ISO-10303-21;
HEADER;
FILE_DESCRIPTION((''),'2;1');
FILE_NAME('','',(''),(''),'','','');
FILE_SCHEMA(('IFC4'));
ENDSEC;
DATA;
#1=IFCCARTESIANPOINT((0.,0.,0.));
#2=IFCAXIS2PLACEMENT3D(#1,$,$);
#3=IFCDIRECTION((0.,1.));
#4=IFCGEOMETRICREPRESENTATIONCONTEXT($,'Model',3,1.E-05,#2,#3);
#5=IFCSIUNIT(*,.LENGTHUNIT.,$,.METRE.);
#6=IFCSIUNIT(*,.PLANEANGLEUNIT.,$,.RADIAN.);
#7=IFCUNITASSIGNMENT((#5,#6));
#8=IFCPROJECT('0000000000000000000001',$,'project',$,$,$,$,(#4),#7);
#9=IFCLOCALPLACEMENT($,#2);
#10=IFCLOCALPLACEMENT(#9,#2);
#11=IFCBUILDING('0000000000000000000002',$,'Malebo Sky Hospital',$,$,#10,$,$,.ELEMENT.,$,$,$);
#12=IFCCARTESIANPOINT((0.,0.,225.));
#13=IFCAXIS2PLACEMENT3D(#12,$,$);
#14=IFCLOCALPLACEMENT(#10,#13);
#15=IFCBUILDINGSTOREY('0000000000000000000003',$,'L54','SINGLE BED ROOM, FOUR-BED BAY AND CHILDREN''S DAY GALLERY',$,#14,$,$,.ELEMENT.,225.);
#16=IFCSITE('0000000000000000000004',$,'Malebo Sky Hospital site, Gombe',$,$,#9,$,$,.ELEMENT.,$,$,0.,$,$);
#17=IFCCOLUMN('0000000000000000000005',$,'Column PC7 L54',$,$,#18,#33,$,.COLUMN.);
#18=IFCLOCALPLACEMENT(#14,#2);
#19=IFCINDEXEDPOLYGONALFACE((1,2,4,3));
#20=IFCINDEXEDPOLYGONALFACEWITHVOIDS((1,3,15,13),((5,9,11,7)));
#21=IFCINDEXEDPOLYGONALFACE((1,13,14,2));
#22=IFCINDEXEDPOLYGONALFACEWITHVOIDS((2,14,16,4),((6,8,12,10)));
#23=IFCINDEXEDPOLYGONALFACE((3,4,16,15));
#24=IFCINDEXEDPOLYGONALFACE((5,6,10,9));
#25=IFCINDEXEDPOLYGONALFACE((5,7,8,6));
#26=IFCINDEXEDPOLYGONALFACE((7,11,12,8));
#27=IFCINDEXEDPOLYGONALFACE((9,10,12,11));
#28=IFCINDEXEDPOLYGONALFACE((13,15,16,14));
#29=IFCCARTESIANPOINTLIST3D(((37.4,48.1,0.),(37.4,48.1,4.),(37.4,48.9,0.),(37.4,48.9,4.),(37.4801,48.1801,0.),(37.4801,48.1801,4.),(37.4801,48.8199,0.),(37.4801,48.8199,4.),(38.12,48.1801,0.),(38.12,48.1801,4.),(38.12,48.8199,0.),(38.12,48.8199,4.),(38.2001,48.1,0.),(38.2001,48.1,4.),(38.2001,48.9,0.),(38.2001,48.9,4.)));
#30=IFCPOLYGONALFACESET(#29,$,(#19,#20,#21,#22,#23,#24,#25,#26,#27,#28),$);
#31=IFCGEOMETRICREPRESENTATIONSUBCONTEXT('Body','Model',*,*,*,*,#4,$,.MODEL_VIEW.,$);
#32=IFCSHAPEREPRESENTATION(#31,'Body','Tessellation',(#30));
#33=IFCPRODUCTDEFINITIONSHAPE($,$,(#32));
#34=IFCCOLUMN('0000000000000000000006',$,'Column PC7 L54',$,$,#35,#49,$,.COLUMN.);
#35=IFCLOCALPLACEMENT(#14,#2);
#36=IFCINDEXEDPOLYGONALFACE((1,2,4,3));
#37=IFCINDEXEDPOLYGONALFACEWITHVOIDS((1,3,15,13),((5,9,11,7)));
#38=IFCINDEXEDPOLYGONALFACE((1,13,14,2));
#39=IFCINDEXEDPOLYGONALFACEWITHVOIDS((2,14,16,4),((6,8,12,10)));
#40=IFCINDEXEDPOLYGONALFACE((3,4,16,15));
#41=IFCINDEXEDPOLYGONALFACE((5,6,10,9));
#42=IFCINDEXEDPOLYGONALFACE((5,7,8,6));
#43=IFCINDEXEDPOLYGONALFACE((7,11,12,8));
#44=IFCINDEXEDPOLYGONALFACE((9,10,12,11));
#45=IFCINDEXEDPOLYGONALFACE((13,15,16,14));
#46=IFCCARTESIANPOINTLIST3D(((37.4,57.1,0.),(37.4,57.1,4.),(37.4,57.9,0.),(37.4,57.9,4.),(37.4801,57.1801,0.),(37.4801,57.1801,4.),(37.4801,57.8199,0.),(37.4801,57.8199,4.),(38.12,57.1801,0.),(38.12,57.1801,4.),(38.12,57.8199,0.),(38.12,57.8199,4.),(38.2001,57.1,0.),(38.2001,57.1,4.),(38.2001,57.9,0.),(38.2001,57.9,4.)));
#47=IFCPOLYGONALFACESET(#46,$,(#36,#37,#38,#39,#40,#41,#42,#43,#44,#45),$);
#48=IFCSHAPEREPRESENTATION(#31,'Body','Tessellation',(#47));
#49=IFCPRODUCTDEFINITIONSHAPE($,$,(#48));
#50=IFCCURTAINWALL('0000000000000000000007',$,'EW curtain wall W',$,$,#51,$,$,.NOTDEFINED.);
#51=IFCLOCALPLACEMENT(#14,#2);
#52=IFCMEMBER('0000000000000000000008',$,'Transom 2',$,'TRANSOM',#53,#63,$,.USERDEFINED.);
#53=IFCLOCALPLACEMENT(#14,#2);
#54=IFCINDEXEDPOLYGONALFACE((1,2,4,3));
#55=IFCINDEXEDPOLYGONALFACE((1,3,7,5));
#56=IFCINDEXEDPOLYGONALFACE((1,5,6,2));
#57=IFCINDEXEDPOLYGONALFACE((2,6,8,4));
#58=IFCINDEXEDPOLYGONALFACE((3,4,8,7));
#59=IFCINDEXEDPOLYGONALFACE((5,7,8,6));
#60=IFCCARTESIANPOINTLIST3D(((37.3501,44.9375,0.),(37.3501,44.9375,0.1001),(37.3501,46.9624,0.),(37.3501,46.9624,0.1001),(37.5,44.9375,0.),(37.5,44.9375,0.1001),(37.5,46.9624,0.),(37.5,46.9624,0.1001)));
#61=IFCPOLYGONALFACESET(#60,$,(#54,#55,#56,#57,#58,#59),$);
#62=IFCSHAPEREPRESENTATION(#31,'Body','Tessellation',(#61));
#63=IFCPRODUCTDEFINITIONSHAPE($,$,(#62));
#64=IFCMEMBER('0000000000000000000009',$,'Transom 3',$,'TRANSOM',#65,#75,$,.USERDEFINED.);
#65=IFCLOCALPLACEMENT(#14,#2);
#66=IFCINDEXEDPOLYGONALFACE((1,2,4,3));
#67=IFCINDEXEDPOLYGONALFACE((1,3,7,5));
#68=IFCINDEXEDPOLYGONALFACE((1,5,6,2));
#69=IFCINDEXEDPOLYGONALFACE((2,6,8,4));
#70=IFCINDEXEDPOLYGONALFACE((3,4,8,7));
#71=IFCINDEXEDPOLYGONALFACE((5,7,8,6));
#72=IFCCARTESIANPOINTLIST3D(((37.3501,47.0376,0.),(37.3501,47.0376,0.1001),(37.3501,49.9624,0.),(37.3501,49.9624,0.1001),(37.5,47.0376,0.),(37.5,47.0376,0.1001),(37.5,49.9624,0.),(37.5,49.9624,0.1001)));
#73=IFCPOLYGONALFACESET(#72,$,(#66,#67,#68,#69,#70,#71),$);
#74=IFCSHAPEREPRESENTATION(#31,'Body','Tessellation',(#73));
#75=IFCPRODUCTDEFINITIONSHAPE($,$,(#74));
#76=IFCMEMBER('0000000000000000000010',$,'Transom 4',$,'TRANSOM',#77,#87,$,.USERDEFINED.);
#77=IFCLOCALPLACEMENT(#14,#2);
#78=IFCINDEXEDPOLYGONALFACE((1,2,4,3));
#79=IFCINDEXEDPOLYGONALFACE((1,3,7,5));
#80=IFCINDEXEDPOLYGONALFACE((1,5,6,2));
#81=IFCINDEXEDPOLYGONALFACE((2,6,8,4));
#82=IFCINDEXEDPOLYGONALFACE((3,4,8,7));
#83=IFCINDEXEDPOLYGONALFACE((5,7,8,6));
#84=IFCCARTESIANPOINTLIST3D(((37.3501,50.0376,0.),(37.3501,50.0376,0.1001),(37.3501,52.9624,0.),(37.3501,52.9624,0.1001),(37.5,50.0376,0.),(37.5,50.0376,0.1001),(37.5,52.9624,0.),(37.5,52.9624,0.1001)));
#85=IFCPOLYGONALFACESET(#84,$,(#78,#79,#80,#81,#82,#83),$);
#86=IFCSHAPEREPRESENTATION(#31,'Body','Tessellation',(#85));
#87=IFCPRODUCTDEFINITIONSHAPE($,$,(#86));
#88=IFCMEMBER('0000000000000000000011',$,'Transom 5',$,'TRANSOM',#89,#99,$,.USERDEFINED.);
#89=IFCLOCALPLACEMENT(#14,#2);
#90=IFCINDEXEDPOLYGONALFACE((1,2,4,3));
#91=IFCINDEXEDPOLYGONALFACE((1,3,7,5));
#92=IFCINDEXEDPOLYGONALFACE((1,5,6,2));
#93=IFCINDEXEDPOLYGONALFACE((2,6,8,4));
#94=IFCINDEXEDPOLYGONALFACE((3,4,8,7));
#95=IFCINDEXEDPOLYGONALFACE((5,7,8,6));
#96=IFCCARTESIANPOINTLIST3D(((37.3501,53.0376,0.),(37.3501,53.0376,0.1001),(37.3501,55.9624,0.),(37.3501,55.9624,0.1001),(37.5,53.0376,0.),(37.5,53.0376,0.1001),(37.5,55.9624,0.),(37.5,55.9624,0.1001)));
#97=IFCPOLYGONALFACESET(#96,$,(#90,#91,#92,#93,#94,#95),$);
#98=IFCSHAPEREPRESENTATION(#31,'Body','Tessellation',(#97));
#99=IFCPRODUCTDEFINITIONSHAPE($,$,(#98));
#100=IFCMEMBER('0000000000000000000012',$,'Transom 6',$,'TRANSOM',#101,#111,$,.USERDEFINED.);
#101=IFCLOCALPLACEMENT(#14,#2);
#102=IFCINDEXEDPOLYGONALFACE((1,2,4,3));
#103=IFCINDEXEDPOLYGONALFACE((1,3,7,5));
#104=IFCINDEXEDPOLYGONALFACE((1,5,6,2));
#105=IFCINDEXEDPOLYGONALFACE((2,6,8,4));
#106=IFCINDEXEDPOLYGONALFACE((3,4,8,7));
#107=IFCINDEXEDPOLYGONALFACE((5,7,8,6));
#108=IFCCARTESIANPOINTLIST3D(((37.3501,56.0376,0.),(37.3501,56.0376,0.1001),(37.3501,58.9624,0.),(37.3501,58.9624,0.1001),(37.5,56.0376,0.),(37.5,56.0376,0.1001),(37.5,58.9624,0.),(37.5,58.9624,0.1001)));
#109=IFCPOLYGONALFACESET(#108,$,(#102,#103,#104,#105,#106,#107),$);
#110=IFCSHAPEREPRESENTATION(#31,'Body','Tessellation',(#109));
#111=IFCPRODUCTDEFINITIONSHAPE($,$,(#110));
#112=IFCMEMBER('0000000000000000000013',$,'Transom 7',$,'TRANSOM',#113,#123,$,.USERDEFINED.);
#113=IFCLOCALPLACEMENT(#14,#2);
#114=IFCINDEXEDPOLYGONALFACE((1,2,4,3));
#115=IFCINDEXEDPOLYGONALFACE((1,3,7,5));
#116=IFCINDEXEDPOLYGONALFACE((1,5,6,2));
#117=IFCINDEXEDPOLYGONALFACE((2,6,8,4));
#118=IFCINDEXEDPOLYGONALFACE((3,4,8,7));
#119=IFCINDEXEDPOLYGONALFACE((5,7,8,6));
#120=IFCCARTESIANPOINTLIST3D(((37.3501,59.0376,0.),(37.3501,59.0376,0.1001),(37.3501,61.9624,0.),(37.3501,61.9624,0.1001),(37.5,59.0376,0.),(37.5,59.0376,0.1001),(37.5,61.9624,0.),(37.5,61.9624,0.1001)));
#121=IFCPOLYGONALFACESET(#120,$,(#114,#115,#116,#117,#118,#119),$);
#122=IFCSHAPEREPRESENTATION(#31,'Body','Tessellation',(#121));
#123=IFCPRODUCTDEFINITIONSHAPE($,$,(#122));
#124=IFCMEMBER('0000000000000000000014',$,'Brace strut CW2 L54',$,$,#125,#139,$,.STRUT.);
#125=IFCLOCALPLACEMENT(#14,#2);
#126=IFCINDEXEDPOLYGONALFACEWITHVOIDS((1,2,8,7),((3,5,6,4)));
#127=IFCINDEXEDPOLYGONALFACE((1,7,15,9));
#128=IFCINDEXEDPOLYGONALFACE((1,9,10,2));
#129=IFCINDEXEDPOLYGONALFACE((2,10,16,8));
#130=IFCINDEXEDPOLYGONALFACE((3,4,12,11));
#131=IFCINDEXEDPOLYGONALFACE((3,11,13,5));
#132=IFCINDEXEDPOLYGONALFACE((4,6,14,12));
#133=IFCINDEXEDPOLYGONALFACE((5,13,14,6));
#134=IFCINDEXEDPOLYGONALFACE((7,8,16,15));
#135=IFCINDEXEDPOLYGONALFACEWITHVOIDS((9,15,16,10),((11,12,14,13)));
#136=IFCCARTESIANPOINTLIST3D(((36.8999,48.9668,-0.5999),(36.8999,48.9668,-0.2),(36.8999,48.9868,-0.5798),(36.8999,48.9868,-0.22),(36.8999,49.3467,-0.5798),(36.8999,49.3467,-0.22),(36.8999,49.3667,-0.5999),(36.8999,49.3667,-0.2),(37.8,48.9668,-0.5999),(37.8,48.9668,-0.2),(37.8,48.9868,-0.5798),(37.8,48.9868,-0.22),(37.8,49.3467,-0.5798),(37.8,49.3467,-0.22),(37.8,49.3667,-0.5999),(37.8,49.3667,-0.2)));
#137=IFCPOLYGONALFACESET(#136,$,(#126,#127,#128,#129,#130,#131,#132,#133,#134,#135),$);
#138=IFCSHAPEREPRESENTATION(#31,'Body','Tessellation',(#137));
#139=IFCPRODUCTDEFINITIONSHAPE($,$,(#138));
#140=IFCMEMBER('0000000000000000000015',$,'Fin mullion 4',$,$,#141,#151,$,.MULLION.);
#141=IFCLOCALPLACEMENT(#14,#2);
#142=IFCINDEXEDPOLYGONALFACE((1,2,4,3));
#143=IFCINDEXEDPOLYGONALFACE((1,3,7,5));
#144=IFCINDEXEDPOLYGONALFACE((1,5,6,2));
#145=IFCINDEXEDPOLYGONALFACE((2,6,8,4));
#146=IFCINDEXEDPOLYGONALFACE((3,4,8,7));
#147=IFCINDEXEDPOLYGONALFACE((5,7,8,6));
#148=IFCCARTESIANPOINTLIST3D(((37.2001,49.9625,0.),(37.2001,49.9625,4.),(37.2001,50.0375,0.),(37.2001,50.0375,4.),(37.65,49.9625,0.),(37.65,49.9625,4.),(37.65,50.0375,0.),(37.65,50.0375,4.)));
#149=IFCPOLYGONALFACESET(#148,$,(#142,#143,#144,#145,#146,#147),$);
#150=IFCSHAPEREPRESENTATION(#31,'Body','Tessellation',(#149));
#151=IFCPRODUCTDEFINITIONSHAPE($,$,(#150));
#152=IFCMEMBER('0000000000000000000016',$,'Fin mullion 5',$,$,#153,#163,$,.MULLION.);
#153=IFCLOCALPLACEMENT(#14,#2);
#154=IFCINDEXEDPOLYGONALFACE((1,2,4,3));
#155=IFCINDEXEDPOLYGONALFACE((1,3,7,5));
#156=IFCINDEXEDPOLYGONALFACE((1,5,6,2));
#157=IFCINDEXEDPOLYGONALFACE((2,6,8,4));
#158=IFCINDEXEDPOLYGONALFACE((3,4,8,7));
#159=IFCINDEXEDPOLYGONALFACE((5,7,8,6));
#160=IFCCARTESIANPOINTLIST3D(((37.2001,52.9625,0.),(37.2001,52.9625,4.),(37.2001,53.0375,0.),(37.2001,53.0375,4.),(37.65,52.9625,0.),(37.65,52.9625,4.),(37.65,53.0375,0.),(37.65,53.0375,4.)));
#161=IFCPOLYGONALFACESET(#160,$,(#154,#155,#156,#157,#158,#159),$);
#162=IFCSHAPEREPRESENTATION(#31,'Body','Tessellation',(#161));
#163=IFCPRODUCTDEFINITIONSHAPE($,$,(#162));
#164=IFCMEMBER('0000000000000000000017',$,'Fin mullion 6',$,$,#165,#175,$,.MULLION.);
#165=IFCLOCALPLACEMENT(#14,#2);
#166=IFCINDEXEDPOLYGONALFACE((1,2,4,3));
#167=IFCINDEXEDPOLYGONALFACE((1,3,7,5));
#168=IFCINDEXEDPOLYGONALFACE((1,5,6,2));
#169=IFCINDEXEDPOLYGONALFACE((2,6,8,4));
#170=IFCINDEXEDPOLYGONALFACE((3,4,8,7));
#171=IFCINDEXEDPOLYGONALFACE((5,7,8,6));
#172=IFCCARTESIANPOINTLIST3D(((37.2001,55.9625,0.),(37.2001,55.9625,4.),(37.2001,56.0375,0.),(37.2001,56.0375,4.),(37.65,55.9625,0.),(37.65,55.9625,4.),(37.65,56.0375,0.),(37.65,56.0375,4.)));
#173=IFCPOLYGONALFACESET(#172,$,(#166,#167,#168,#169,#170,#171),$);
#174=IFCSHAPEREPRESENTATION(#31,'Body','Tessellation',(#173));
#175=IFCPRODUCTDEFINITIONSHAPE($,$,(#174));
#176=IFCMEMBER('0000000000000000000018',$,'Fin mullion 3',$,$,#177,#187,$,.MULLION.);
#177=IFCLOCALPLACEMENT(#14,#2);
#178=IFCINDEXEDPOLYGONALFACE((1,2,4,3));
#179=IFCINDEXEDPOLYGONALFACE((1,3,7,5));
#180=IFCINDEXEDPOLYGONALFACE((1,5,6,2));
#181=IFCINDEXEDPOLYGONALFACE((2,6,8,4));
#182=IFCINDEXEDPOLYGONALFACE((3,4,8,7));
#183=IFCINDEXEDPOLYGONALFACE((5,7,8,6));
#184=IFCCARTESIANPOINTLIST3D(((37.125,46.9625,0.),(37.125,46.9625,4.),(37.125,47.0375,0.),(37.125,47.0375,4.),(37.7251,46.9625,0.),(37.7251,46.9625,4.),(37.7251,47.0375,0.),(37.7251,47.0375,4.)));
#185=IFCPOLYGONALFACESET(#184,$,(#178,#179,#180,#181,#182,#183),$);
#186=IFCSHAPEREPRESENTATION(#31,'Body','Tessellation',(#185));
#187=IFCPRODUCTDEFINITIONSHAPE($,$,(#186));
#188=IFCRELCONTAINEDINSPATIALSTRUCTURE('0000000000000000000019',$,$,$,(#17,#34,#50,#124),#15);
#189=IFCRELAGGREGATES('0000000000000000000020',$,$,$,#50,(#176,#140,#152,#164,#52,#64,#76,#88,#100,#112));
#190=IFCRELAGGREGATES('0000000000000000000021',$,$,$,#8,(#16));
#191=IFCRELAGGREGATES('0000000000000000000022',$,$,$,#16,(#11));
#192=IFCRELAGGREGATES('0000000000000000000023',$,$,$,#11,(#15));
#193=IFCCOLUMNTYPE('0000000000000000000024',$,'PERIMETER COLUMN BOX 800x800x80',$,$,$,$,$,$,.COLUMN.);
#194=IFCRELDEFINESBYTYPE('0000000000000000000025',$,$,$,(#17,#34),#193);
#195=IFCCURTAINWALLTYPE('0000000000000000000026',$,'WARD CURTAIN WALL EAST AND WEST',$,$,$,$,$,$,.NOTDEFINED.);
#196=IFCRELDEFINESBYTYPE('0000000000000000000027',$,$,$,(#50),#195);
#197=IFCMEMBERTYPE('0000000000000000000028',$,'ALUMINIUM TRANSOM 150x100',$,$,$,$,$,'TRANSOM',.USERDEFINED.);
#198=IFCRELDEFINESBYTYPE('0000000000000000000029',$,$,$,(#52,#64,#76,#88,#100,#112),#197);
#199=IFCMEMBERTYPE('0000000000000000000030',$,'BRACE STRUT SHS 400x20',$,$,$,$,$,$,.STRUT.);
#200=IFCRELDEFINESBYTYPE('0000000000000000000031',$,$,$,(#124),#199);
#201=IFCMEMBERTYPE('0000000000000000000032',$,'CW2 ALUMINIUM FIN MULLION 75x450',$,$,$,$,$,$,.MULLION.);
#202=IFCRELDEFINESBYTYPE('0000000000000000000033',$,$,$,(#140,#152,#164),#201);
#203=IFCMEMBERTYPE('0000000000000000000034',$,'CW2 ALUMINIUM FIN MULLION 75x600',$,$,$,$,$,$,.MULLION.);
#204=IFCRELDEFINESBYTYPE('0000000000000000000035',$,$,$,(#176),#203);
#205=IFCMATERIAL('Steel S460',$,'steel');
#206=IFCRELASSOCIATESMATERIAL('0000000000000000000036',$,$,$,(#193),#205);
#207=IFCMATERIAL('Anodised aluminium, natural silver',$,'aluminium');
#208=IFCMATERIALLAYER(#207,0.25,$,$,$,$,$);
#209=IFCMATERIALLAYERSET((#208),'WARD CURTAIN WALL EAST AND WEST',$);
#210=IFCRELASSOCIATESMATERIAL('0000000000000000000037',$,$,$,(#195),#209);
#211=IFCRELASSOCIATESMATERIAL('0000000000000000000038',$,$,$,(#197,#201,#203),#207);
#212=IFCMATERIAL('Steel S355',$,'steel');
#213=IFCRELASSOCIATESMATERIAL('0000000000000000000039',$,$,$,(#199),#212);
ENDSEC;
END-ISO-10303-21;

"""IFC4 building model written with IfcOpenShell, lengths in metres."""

from ifc_helpers import new_model, si_unit, direction, frame, origin, origin_2d, place, context, subcontext, project, spatial, rectangle, hollow_rectangle, extrude, material, layer, layer_set, material_profile, profile_set, type_object, element, aggregate, save


model = new_model("IFC4")

# Units and contexts
model_context = context("Model", 3, precision=1e-05, world=origin(), true_north=direction((0.0, 1.0)))
body_context = subcontext(model_context, "Body", "Model", "MODEL_VIEW")
ifc_project = project(units=[si_unit("LENGTHUNIT", "METRE"), si_unit("PLANEANGLEUNIT", "RADIAN")], contexts=[model_context])

# Site, building, storey
site_placement = place(None, origin())
site = spatial("IfcSite", under=ifc_project, at=site_placement, Name="Malebo Sky Hospital site, Gombe", CompositionType="ELEMENT", RefElevation=0.0)
building_placement = place(site_placement, origin())
building = spatial("IfcBuilding", under=site, at=building_placement, Name="Malebo Sky Hospital", CompositionType="ELEMENT")
storey_placement = place(building_placement, frame((0.0, 0.0, 225.0)))
storey = spatial("IfcBuildingStorey", under=building, at=storey_placement, Name="L54", Description="SINGLE BED ROOM, FOUR-BED BAY AND CHILDREN'S DAY GALLERY", CompositionType="ELEMENT", Elevation=225.0)

# Columns
ifc_material_1 = material(Name="Steel S460", Category="steel")
ifc_material_profile_1 = material_profile(ifc_material_1, hollow_rectangle(XDim=0.8, YDim=0.8, WallThickness=0.0801, at=origin_2d()), Name="BOX 800x800x80")
ifc_profile_set_1 = profile_set([ifc_material_profile_1], Name="Steel S460")
column_type = type_object("IfcColumnType", Name="PERIMETER COLUMN BOX 800x800x80", PredefinedType="COLUMN", material=ifc_profile_set_1)
for number, where, z_axis, x_axis, name in (
    (1, (37.8, 48.5, 0.0), (0.0, 0.0, 1.0), (1.0, 0.0, 0.0), "Column PC7 L54"),
    (2, (37.8, 57.5, 0.0), (0.0, 0.0, 1.0), (1.0, 0.0, 0.0), "Column PC7 L54"),
):
    element("IfcColumn", number, at=place(storey_placement, frame(where, z_axis=z_axis, x_axis=x_axis)), inside=storey, type_object=column_type, Name=name, PredefinedType="COLUMN", context=body_context, shape_type="SweptSolid", body=[
        extrude(hollow_rectangle(XDim=0.8, YDim=0.8, WallThickness=0.0801, at=origin_2d()), origin(), (0.0, 0.0, 1.0), 4.0),
    ])

# Curtain wall, members
ifc_material_2 = material(Name="Anodised aluminium, natural silver", Category="aluminium")
ifc_layer_1 = layer(ifc_material_2, 0.25)
ifc_layer_set_1 = layer_set([ifc_layer_1], Name="WARD CURTAIN WALL EAST AND WEST")
curtain_wall_type = type_object("IfcCurtainWallType", Name="WARD CURTAIN WALL EAST AND WEST", PredefinedType="NOTDEFINED", material=ifc_layer_set_1)
curtain_wall_placement = place(storey_placement, origin())
curtain_wall = element("IfcCurtainWall", 3, at=curtain_wall_placement, inside=storey, type_object=curtain_wall_type, Name="EW curtain wall W", PredefinedType="NOTDEFINED")
ifc_material_profile_2 = material_profile(ifc_material_2, rectangle(XDim=0.1499, YDim=0.1001, at=origin_2d()), Name="ALUMINIUM TRANSOM 150x100")
ifc_profile_set_2 = profile_set([ifc_material_profile_2], Name="Anodised aluminium, natural silver")
member_type_1 = type_object("IfcMemberType", Name="ALUMINIUM TRANSOM 150x100", ElementType="TRANSOM", PredefinedType="USERDEFINED", material=ifc_profile_set_2)
member_1_placement = place(storey_placement, frame((37.425, 44.9375, 0.05), z_axis=(0.0, 1.0, 0.0), x_axis=(-1.0, 0.0, 0.0)))
member_1 = element("IfcMember", 4, at=member_1_placement, type_object=member_type_1, Name="Transom 2", ObjectType="TRANSOM", PredefinedType="USERDEFINED", context=body_context, shape_type="SweptSolid", body=[
    extrude(rectangle(XDim=0.1499, YDim=0.1001, at=origin_2d()), origin(), (0.0, 0.0, 1.0), 2.0249),
])
member_2_placement = place(storey_placement, frame((37.425, 47.0376, 0.05), z_axis=(0.0, 1.0, 0.0), x_axis=(-1.0, 0.0, 0.0)))
member_2 = element("IfcMember", 5, at=member_2_placement, type_object=member_type_1, Name="Transom 3", ObjectType="TRANSOM", PredefinedType="USERDEFINED", context=body_context, shape_type="SweptSolid", body=[
    extrude(rectangle(XDim=0.1499, YDim=0.1001, at=origin_2d()), origin(), (0.0, 0.0, 1.0), 2.9248),
])
member_3_placement = place(storey_placement, frame((37.425, 50.0376, 0.05), z_axis=(0.0, 1.0, 0.0), x_axis=(-1.0, 0.0, 0.0)))
member_3 = element("IfcMember", 6, at=member_3_placement, type_object=member_type_1, Name="Transom 4", ObjectType="TRANSOM", PredefinedType="USERDEFINED", context=body_context, shape_type="SweptSolid", body=[
    extrude(rectangle(XDim=0.1499, YDim=0.1001, at=origin_2d()), origin(), (0.0, 0.0, 1.0), 2.9248),
])
member_4_placement = place(storey_placement, frame((37.425, 53.0376, 0.05), z_axis=(0.0, 1.0, 0.0), x_axis=(-1.0, 0.0, 0.0)))
member_4 = element("IfcMember", 7, at=member_4_placement, type_object=member_type_1, Name="Transom 5", ObjectType="TRANSOM", PredefinedType="USERDEFINED", context=body_context, shape_type="SweptSolid", body=[
    extrude(rectangle(XDim=0.1499, YDim=0.1001, at=origin_2d()), origin(), (0.0, 0.0, 1.0), 2.9248),
])
member_5_placement = place(storey_placement, frame((37.425, 56.0376, 0.05), z_axis=(0.0, 1.0, 0.0), x_axis=(-1.0, 0.0, 0.0)))
member_5 = element("IfcMember", 8, at=member_5_placement, type_object=member_type_1, Name="Transom 6", ObjectType="TRANSOM", PredefinedType="USERDEFINED", context=body_context, shape_type="SweptSolid", body=[
    extrude(rectangle(XDim=0.1499, YDim=0.1001, at=origin_2d()), origin(), (0.0, 0.0, 1.0), 2.9248),
])
member_6_placement = place(storey_placement, frame((37.425, 59.0376, 0.05), z_axis=(0.0, 1.0, 0.0), x_axis=(-1.0, 0.0, 0.0)))
member_6 = element("IfcMember", 9, at=member_6_placement, type_object=member_type_1, Name="Transom 7", ObjectType="TRANSOM", PredefinedType="USERDEFINED", context=body_context, shape_type="SweptSolid", body=[
    extrude(rectangle(XDim=0.1499, YDim=0.1001, at=origin_2d()), origin(), (0.0, 0.0, 1.0), 2.9248),
])

# Members
ifc_material_3 = material(Name="Steel S355", Category="steel")
ifc_material_profile_3 = material_profile(ifc_material_3, hollow_rectangle(XDim=0.3999, YDim=0.3999, WallThickness=0.02, at=origin_2d()), Name="SHS 400x20")
ifc_profile_set_3 = profile_set([ifc_material_profile_3], Name="Steel S355")
member_type_2 = type_object("IfcMemberType", Name="BRACE STRUT SHS 400x20", PredefinedType="STRUT", material=ifc_profile_set_3)
member_7_placement = place(storey_placement, frame((36.8999, 49.1667, -0.3999), z_axis=(1.0, 0.0, 0.0), x_axis=(0.0, 1.0, 0.0)))
element("IfcMember", 10, at=member_7_placement, inside=storey, type_object=member_type_2, Name="Brace strut CW2 L54", PredefinedType="STRUT", context=body_context, shape_type="SweptSolid", body=[
    extrude(hollow_rectangle(XDim=0.3999, YDim=0.3999, WallThickness=0.02, at=origin_2d()), origin(), (0.0, 0.0, 1.0), 0.9001),
])
ifc_material_profile_4 = material_profile(ifc_material_2, rectangle(XDim=0.075, YDim=0.45, at=origin_2d()), Name="CW2 ALUMINIUM FIN MULLION 75x450")
ifc_profile_set_4 = profile_set([ifc_material_profile_4], Name="Anodised aluminium, natural silver")
member_type_3 = type_object("IfcMemberType", Name="CW2 ALUMINIUM FIN MULLION 75x450", PredefinedType="MULLION", material=ifc_profile_set_4)
member_8_placement = place(storey_placement, frame((37.425, 50.0, 0.0), z_axis=(0.0, 0.0, 1.0), x_axis=(0.0, 1.0, 0.0)))
member_8 = element("IfcMember", 11, at=member_8_placement, type_object=member_type_3, Name="Fin mullion 4", PredefinedType="MULLION", context=body_context, shape_type="SweptSolid", body=[
    extrude(rectangle(XDim=0.075, YDim=0.45, at=origin_2d()), origin(), (0.0, 0.0, 1.0), 4.0),
])
member_9_placement = place(storey_placement, frame((37.425, 53.0, 0.0), z_axis=(0.0, 0.0, 1.0), x_axis=(0.0, 1.0, 0.0)))
member_9 = element("IfcMember", 12, at=member_9_placement, type_object=member_type_3, Name="Fin mullion 5", PredefinedType="MULLION", context=body_context, shape_type="SweptSolid", body=[
    extrude(rectangle(XDim=0.075, YDim=0.45, at=origin_2d()), origin(), (0.0, 0.0, 1.0), 4.0),
])
member_10_placement = place(storey_placement, frame((37.425, 56.0, 0.0), z_axis=(0.0, 0.0, 1.0), x_axis=(0.0, 1.0, 0.0)))
member_10 = element("IfcMember", 13, at=member_10_placement, type_object=member_type_3, Name="Fin mullion 6", PredefinedType="MULLION", context=body_context, shape_type="SweptSolid", body=[
    extrude(rectangle(XDim=0.075, YDim=0.45, at=origin_2d()), origin(), (0.0, 0.0, 1.0), 4.0),
])
ifc_material_profile_5 = material_profile(ifc_material_2, rectangle(XDim=0.075, YDim=0.6001, at=origin_2d()), Name="CW2 ALUMINIUM FIN MULLION 75x600")
ifc_profile_set_5 = profile_set([ifc_material_profile_5], Name="Anodised aluminium, natural silver")
member_type_4 = type_object("IfcMemberType", Name="CW2 ALUMINIUM FIN MULLION 75x600", PredefinedType="MULLION", material=ifc_profile_set_5)
member_11_placement = place(storey_placement, frame((37.425, 47.0, 0.0), z_axis=(0.0, 0.0, 1.0), x_axis=(0.0, 1.0, 0.0)))
member_11 = element("IfcMember", 14, at=member_11_placement, type_object=member_type_4, Name="Fin mullion 3", PredefinedType="MULLION", context=body_context, shape_type="SweptSolid", body=[
    extrude(rectangle(XDim=0.075, YDim=0.6001, at=origin_2d()), origin(), (0.0, 0.0, 1.0), 4.0),
])

aggregate(curtain_wall, [member_11, member_8, member_9, member_10, member_1, member_2, member_3, member_4, member_5, member_6])

save(model, "model.ifc")
